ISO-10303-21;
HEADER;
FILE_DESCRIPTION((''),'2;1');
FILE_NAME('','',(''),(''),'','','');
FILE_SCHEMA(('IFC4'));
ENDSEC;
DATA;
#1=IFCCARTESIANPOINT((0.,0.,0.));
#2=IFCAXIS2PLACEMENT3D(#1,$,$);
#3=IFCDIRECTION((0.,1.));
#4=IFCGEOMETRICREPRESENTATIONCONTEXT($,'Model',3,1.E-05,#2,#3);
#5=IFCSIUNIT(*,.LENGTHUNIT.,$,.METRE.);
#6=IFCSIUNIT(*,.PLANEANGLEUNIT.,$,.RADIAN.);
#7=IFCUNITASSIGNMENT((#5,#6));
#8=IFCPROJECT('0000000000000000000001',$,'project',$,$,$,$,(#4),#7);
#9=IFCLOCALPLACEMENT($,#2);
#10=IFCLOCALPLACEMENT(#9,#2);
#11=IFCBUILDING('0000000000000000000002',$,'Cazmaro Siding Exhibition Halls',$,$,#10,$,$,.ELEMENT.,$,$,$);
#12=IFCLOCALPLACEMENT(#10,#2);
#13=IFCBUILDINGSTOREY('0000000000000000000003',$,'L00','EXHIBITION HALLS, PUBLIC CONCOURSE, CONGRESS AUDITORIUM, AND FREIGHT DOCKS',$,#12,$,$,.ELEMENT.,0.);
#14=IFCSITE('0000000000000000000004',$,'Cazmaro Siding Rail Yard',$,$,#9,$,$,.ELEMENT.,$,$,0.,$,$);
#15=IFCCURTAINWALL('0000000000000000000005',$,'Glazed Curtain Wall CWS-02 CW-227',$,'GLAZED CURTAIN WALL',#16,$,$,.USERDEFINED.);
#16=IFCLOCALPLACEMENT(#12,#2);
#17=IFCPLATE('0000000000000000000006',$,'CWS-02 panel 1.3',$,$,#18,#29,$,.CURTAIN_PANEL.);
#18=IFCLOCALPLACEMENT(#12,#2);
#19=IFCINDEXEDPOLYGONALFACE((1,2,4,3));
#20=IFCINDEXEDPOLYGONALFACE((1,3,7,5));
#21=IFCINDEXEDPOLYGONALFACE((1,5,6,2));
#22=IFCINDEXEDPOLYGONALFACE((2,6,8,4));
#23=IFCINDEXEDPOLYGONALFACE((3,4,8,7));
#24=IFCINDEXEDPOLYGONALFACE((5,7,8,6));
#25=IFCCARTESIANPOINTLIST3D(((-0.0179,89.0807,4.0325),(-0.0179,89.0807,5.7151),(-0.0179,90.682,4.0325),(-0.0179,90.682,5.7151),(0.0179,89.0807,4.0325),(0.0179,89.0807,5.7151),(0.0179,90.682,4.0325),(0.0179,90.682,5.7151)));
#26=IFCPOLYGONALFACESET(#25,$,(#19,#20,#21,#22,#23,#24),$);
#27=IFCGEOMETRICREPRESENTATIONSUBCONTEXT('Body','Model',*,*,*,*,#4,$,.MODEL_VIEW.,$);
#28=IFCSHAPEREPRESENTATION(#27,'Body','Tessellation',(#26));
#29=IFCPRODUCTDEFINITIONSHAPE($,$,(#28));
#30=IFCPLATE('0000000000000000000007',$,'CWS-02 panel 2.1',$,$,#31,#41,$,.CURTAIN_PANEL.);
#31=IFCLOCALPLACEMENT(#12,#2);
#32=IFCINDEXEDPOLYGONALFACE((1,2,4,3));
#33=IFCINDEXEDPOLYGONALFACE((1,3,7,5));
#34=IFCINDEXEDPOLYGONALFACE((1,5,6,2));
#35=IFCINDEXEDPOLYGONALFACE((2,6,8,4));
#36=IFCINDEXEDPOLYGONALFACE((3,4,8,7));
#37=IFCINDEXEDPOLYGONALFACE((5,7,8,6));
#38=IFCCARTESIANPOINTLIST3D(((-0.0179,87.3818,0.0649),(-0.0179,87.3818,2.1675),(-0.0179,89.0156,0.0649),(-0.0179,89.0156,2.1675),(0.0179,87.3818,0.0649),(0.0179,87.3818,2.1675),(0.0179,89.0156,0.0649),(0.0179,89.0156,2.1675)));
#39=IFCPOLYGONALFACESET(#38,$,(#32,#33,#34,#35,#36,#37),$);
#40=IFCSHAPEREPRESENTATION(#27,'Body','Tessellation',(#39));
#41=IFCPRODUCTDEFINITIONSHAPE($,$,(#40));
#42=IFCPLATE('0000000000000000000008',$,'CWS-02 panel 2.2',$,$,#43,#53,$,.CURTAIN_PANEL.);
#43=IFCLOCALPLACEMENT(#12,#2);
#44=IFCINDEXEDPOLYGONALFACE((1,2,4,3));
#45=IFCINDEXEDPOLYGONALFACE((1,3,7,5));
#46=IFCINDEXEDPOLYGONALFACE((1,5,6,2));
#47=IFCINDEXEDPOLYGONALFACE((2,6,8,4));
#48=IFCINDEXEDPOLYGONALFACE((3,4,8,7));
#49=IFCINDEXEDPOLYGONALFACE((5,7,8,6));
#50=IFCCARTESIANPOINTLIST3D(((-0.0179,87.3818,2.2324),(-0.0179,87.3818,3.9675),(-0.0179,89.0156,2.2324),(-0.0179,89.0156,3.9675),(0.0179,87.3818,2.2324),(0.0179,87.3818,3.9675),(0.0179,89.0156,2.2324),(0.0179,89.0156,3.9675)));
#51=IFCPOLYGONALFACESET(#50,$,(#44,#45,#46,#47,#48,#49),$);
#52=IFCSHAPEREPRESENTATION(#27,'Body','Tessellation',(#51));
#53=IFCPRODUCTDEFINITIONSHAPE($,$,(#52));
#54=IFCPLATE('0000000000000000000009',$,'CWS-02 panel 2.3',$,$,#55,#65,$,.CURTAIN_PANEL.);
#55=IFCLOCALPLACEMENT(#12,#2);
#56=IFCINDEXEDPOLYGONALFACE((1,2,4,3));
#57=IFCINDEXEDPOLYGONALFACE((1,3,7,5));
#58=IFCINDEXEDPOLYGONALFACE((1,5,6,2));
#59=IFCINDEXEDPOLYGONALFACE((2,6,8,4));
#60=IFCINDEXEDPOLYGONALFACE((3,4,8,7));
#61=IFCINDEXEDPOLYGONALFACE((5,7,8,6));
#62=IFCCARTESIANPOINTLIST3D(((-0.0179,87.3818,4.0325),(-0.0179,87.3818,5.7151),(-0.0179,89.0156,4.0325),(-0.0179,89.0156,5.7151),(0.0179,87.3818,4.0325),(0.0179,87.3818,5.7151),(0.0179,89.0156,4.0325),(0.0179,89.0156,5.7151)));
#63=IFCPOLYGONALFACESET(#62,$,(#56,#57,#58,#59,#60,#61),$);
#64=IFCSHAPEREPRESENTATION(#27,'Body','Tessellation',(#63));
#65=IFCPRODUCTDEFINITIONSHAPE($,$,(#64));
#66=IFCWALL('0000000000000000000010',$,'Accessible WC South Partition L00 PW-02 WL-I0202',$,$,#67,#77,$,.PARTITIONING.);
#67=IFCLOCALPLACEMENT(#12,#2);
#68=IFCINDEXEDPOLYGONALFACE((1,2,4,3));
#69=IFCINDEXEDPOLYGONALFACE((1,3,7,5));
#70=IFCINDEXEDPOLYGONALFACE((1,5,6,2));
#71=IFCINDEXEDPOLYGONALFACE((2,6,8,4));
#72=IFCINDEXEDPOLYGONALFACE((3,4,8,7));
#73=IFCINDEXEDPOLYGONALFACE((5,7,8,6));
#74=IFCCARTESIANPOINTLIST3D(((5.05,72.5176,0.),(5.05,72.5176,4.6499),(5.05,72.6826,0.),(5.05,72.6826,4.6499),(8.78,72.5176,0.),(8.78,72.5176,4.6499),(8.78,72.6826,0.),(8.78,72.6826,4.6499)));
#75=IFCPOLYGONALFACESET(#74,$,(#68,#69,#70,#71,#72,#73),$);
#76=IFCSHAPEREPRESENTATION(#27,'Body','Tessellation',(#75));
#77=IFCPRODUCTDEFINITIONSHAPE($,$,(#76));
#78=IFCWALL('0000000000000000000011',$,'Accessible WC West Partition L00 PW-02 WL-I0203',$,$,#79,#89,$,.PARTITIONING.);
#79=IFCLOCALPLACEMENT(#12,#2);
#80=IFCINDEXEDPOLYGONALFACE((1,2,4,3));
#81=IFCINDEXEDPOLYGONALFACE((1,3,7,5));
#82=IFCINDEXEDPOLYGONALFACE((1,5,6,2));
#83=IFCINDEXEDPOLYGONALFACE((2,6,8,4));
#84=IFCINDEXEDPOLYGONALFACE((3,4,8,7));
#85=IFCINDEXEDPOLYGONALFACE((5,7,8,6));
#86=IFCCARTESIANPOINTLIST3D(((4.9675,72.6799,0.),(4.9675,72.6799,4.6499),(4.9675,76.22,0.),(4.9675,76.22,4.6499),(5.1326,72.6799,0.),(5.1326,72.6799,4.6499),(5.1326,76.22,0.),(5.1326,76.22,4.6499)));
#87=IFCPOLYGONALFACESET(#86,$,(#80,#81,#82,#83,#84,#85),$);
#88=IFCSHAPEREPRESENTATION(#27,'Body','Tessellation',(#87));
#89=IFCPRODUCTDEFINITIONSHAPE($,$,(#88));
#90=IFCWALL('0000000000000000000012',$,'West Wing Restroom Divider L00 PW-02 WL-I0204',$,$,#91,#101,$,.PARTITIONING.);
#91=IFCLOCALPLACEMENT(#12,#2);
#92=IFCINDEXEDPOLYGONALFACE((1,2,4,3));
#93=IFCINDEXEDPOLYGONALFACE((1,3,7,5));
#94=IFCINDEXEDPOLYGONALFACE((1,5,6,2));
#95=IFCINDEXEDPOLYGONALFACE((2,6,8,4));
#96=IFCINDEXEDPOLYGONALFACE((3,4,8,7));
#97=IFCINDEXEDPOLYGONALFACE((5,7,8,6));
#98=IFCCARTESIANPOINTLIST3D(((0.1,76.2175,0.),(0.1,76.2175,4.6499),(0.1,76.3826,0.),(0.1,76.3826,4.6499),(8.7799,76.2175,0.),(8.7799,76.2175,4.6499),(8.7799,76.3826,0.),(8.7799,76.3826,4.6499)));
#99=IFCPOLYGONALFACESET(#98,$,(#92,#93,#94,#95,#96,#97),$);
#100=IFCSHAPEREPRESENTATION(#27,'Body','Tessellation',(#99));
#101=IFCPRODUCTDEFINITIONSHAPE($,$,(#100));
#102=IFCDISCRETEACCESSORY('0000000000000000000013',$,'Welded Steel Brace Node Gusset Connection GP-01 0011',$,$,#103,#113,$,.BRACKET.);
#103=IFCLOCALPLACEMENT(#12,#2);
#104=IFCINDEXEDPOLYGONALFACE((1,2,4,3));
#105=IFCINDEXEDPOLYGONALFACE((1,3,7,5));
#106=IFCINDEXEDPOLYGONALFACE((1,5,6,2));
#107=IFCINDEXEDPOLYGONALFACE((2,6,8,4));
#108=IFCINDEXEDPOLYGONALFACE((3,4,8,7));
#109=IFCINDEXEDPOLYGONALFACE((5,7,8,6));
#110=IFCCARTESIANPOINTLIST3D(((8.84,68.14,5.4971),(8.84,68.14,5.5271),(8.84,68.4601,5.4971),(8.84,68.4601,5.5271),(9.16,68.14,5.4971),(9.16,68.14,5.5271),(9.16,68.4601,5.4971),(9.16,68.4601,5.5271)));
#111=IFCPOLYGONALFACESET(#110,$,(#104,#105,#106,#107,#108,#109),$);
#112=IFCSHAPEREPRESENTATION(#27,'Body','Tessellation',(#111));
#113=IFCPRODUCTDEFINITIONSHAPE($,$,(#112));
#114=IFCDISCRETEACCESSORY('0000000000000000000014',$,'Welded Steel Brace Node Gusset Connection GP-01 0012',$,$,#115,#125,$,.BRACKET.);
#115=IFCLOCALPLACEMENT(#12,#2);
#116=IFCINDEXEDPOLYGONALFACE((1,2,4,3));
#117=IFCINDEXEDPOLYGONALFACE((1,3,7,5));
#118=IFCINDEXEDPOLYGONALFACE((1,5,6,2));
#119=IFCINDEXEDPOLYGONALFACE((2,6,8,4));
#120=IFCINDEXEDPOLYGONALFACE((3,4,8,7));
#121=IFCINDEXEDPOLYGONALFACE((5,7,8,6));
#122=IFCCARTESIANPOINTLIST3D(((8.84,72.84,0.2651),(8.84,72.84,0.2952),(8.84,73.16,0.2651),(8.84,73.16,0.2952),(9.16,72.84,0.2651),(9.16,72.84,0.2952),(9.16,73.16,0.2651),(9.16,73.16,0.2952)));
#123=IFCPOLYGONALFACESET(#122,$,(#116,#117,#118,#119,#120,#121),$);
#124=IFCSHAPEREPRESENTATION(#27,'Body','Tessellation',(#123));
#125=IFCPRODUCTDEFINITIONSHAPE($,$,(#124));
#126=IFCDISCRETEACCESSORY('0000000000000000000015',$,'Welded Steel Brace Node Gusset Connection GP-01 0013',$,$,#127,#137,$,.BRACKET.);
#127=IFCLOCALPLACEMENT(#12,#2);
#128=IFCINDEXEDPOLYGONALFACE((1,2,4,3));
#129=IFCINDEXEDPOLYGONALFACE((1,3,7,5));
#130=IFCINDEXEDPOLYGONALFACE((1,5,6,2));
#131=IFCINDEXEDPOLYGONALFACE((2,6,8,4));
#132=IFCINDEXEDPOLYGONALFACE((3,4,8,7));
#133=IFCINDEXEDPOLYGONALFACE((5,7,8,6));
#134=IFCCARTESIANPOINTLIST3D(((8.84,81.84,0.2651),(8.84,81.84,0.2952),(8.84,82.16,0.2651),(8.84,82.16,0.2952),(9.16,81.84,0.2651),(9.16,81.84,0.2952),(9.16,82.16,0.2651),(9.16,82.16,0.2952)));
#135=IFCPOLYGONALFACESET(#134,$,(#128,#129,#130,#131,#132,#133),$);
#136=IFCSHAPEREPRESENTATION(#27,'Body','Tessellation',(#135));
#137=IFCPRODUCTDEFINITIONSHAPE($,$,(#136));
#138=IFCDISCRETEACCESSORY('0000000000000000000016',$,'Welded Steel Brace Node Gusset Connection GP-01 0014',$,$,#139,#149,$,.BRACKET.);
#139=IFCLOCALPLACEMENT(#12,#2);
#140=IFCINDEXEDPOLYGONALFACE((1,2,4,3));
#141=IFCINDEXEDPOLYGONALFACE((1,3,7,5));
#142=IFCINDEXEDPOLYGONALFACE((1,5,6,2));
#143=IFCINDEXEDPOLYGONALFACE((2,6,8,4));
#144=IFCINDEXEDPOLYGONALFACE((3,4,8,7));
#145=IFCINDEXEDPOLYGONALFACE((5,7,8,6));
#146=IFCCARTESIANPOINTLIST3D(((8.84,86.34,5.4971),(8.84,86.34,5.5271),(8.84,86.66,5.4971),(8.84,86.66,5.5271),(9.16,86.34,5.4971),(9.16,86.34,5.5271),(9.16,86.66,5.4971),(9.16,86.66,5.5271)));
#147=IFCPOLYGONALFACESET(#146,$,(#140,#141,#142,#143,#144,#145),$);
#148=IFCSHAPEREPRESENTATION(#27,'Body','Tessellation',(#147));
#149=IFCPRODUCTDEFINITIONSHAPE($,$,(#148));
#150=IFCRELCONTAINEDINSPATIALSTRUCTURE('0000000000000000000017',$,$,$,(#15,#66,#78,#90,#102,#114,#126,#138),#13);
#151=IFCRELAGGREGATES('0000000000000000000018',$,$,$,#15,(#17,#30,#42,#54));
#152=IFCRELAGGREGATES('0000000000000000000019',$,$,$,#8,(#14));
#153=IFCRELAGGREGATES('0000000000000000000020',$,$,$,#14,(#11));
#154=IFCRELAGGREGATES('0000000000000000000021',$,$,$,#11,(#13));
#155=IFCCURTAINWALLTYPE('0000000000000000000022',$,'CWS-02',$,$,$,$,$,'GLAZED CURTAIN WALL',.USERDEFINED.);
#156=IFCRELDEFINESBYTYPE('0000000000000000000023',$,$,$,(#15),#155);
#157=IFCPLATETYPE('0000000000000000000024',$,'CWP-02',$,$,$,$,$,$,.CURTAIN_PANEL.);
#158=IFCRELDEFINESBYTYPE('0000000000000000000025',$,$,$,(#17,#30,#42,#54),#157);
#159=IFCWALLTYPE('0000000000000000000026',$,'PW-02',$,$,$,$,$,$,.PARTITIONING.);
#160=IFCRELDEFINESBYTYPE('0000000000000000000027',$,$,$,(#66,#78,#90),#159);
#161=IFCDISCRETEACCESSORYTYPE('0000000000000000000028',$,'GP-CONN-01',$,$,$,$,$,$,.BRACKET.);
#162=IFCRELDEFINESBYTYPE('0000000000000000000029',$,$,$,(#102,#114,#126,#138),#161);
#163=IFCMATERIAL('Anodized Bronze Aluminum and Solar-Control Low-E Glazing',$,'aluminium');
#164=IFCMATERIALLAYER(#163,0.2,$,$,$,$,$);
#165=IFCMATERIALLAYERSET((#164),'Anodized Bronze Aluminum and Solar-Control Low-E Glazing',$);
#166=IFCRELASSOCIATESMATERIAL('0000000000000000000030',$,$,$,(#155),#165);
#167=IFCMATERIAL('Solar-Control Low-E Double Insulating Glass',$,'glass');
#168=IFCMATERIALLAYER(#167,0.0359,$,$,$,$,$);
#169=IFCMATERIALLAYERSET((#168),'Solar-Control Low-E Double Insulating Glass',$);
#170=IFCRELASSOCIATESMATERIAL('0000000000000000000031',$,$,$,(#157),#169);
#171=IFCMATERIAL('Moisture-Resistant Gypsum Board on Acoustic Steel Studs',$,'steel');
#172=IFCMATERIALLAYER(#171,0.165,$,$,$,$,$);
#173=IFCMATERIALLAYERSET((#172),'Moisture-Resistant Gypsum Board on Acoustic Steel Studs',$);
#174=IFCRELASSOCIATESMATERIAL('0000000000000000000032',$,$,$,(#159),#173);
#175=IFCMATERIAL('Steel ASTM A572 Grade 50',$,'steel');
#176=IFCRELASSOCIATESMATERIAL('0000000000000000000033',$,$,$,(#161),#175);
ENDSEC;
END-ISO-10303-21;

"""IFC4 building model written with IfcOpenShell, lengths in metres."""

from ifc_helpers import new_model, si_unit, direction, frame, frame_2d, origin, origin_2d, place, context, subcontext, project, spatial, rectangle, extrude, material, layer, layer_set, type_object, element, aggregate, save


model = new_model("IFC4")

# Units and contexts
model_context = context("Model", 3, precision=1e-05, world=origin(), true_north=direction((0.0, 1.0)))
body_context = subcontext(model_context, "Body", "Model", "MODEL_VIEW")
ifc_project = project(units=[si_unit("LENGTHUNIT", "METRE"), si_unit("PLANEANGLEUNIT", "RADIAN")], contexts=[model_context])

# Site, building, storey
site_placement = place(None, origin())
site = spatial("IfcSite", under=ifc_project, at=site_placement, Name="Cazmaro Siding Rail Yard", CompositionType="ELEMENT", RefElevation=0.0)
building_placement = place(site_placement, origin())
building = spatial("IfcBuilding", under=site, at=building_placement, Name="Cazmaro Siding Exhibition Halls", CompositionType="ELEMENT")
storey_placement = place(building_placement, origin())
storey = spatial("IfcBuildingStorey", under=building, at=storey_placement, Name="L00", Description="EXHIBITION HALLS, PUBLIC CONCOURSE, CONGRESS AUDITORIUM, AND FREIGHT DOCKS", CompositionType="ELEMENT", Elevation=0.0)

# Curtain wall
ifc_material_1 = material(Name="Anodized Bronze Aluminum and Solar-Control Low-E Glazing", Category="aluminium")
ifc_layer_1 = layer(ifc_material_1, 0.2)
ifc_layer_set_1 = layer_set([ifc_layer_1], Name="Anodized Bronze Aluminum and Solar-Control Low-E Glazing")
curtain_wall_type = type_object("IfcCurtainWallType", Name="CWS-02", ElementType="GLAZED CURTAIN WALL", PredefinedType="USERDEFINED", material=ifc_layer_set_1)
curtain_wall_placement = place(storey_placement, origin())
curtain_wall = element("IfcCurtainWall", 1, at=curtain_wall_placement, inside=storey, type_object=curtain_wall_type, Name="Glazed Curtain Wall CWS-02 CW-227", ObjectType="GLAZED CURTAIN WALL", PredefinedType="USERDEFINED")

# Plates
ifc_material_2 = material(Name="Solar-Control Low-E Double Insulating Glass", Category="glass")
ifc_layer_2 = layer(ifc_material_2, 0.0359)
ifc_layer_set_2 = layer_set([ifc_layer_2], Name="Solar-Control Low-E Double Insulating Glass")
plate_type = type_object("IfcPlateType", Name="CWP-02", PredefinedType="CURTAIN_PANEL", material=ifc_layer_set_2)
plate_1_placement = place(storey_placement, frame((0.0, 89.8813, 4.0325), z_axis=(0.0, 0.0, 1.0), x_axis=(0.0, -1.0, 0.0)))
plate_1 = element("IfcPlate", 2, at=plate_1_placement, type_object=plate_type, Name="CWS-02 panel 1.3", PredefinedType="CURTAIN_PANEL", context=body_context, shape_type="SweptSolid", body=[
    extrude(rectangle(XDim=1.6013, YDim=0.0359, at=origin_2d()), origin(), (0.0, 0.0, 1.0), 1.6826),
])
plate_2_placement = place(storey_placement, frame((0.0, 88.1987, 0.0649), z_axis=(0.0, 0.0, 1.0), x_axis=(0.0, -1.0, 0.0)))
plate_2 = element("IfcPlate", 3, at=plate_2_placement, type_object=plate_type, Name="CWS-02 panel 2.1", PredefinedType="CURTAIN_PANEL", context=body_context, shape_type="SweptSolid", body=[
    extrude(rectangle(XDim=1.6338, YDim=0.0359, at=origin_2d()), origin(), (0.0, 0.0, 1.0), 2.1025),
])
plate_3_placement = place(storey_placement, frame((0.0, 88.1987, 2.2324), z_axis=(0.0, 0.0, 1.0), x_axis=(0.0, -1.0, 0.0)))
plate_3 = element("IfcPlate", 4, at=plate_3_placement, type_object=plate_type, Name="CWS-02 panel 2.2", PredefinedType="CURTAIN_PANEL", context=body_context, shape_type="SweptSolid", body=[
    extrude(rectangle(XDim=1.6338, YDim=0.0359, at=origin_2d()), origin(), (0.0, 0.0, 1.0), 1.7351),
])
plate_4_placement = place(storey_placement, frame((0.0, 88.1987, 4.0325), z_axis=(0.0, 0.0, 1.0), x_axis=(0.0, -1.0, 0.0)))
plate_4 = element("IfcPlate", 5, at=plate_4_placement, type_object=plate_type, Name="CWS-02 panel 2.3", PredefinedType="CURTAIN_PANEL", context=body_context, shape_type="SweptSolid", body=[
    extrude(rectangle(XDim=1.6338, YDim=0.0359, at=origin_2d()), origin(), (0.0, 0.0, 1.0), 1.6826),
])
aggregate(curtain_wall, [plate_1, plate_2, plate_3, plate_4])

# Walls
ifc_material_3 = material(Name="Moisture-Resistant Gypsum Board on Acoustic Steel Studs", Category="steel")
ifc_layer_3 = layer(ifc_material_3, 0.165)
ifc_layer_set_3 = layer_set([ifc_layer_3], Name="Moisture-Resistant Gypsum Board on Acoustic Steel Studs")
wall_type = type_object("IfcWallType", Name="PW-02", PredefinedType="PARTITIONING", material=ifc_layer_set_3)
wall_1_placement = place(storey_placement, frame((5.05, 72.6001, 0.0), z_axis=(0.0, 0.0, 1.0), x_axis=(1.0, 0.0, 0.0)))
element("IfcWall", 6, at=wall_1_placement, inside=storey, type_object=wall_type, Name="Accessible WC South Partition L00 PW-02 WL-I0202", PredefinedType="PARTITIONING", context=body_context, shape_type="SweptSolid", body=[
    extrude(rectangle(XDim=3.73, YDim=0.165, at=frame_2d((1.865, 0.0))), origin(), (0.0, 0.0, 1.0), 4.6499),
])
wall_2_placement = place(storey_placement, frame((5.05, 72.6799, 0.0), z_axis=(0.0, 0.0, 1.0), x_axis=(0.0, 1.0, 0.0)))
element("IfcWall", 7, at=wall_2_placement, inside=storey, type_object=wall_type, Name="Accessible WC West Partition L00 PW-02 WL-I0203", PredefinedType="PARTITIONING", context=body_context, shape_type="SweptSolid", body=[
    extrude(rectangle(XDim=3.54, YDim=0.165, at=frame_2d((1.77, 0.0))), origin(), (0.0, 0.0, 1.0), 4.6499),
])
wall_3_placement = place(storey_placement, frame((0.1001, 76.3, 0.0), z_axis=(0.0, 0.0, 1.0), x_axis=(1.0, 0.0, 0.0)))
element("IfcWall", 8, at=wall_3_placement, inside=storey, type_object=wall_type, Name="West Wing Restroom Divider L00 PW-02 WL-I0204", PredefinedType="PARTITIONING", context=body_context, shape_type="SweptSolid", body=[
    extrude(rectangle(XDim=8.6799, YDim=0.165, at=frame_2d((4.3398, 0.0))), origin(), (0.0, 0.0, 1.0), 4.6499),
])

# Discrete accessories
ifc_material_4 = material(Name="Steel ASTM A572 Grade 50", Category="steel")
discrete_accessory_type = type_object("IfcDiscreteAccessoryType", Name="GP-CONN-01", PredefinedType="BRACKET", material=ifc_material_4)
for number, where, z_axis, x_axis, name in (
    (9, (9.0, 68.3, 5.4971), (0.0, 0.0, 1.0), (1.0, 0.0, 0.0), "Welded Steel Brace Node Gusset Connection GP-01 0011"),
    (10, (9.0, 73.0, 0.2651), (0.0, 0.0, 1.0), (1.0, 0.0, 0.0), "Welded Steel Brace Node Gusset Connection GP-01 0012"),
    (11, (9.0, 82.0, 0.2651), (0.0, 0.0, 1.0), (1.0, 0.0, 0.0), "Welded Steel Brace Node Gusset Connection GP-01 0013"),
    (12, (9.0, 86.5, 5.4971), (0.0, 0.0, 1.0), (1.0, 0.0, 0.0), "Welded Steel Brace Node Gusset Connection GP-01 0014"),
):
    element("IfcDiscreteAccessory", number, at=place(storey_placement, frame(where, z_axis=z_axis, x_axis=x_axis)), inside=storey, type_object=discrete_accessory_type, Name=name, PredefinedType="BRACKET", context=body_context, shape_type="SweptSolid", body=[
        extrude(rectangle(XDim=0.3201, YDim=0.3201, at=origin_2d()), origin(), (0.0, 0.0, 1.0), 0.03),
    ])

save(model, "model.ifc")
